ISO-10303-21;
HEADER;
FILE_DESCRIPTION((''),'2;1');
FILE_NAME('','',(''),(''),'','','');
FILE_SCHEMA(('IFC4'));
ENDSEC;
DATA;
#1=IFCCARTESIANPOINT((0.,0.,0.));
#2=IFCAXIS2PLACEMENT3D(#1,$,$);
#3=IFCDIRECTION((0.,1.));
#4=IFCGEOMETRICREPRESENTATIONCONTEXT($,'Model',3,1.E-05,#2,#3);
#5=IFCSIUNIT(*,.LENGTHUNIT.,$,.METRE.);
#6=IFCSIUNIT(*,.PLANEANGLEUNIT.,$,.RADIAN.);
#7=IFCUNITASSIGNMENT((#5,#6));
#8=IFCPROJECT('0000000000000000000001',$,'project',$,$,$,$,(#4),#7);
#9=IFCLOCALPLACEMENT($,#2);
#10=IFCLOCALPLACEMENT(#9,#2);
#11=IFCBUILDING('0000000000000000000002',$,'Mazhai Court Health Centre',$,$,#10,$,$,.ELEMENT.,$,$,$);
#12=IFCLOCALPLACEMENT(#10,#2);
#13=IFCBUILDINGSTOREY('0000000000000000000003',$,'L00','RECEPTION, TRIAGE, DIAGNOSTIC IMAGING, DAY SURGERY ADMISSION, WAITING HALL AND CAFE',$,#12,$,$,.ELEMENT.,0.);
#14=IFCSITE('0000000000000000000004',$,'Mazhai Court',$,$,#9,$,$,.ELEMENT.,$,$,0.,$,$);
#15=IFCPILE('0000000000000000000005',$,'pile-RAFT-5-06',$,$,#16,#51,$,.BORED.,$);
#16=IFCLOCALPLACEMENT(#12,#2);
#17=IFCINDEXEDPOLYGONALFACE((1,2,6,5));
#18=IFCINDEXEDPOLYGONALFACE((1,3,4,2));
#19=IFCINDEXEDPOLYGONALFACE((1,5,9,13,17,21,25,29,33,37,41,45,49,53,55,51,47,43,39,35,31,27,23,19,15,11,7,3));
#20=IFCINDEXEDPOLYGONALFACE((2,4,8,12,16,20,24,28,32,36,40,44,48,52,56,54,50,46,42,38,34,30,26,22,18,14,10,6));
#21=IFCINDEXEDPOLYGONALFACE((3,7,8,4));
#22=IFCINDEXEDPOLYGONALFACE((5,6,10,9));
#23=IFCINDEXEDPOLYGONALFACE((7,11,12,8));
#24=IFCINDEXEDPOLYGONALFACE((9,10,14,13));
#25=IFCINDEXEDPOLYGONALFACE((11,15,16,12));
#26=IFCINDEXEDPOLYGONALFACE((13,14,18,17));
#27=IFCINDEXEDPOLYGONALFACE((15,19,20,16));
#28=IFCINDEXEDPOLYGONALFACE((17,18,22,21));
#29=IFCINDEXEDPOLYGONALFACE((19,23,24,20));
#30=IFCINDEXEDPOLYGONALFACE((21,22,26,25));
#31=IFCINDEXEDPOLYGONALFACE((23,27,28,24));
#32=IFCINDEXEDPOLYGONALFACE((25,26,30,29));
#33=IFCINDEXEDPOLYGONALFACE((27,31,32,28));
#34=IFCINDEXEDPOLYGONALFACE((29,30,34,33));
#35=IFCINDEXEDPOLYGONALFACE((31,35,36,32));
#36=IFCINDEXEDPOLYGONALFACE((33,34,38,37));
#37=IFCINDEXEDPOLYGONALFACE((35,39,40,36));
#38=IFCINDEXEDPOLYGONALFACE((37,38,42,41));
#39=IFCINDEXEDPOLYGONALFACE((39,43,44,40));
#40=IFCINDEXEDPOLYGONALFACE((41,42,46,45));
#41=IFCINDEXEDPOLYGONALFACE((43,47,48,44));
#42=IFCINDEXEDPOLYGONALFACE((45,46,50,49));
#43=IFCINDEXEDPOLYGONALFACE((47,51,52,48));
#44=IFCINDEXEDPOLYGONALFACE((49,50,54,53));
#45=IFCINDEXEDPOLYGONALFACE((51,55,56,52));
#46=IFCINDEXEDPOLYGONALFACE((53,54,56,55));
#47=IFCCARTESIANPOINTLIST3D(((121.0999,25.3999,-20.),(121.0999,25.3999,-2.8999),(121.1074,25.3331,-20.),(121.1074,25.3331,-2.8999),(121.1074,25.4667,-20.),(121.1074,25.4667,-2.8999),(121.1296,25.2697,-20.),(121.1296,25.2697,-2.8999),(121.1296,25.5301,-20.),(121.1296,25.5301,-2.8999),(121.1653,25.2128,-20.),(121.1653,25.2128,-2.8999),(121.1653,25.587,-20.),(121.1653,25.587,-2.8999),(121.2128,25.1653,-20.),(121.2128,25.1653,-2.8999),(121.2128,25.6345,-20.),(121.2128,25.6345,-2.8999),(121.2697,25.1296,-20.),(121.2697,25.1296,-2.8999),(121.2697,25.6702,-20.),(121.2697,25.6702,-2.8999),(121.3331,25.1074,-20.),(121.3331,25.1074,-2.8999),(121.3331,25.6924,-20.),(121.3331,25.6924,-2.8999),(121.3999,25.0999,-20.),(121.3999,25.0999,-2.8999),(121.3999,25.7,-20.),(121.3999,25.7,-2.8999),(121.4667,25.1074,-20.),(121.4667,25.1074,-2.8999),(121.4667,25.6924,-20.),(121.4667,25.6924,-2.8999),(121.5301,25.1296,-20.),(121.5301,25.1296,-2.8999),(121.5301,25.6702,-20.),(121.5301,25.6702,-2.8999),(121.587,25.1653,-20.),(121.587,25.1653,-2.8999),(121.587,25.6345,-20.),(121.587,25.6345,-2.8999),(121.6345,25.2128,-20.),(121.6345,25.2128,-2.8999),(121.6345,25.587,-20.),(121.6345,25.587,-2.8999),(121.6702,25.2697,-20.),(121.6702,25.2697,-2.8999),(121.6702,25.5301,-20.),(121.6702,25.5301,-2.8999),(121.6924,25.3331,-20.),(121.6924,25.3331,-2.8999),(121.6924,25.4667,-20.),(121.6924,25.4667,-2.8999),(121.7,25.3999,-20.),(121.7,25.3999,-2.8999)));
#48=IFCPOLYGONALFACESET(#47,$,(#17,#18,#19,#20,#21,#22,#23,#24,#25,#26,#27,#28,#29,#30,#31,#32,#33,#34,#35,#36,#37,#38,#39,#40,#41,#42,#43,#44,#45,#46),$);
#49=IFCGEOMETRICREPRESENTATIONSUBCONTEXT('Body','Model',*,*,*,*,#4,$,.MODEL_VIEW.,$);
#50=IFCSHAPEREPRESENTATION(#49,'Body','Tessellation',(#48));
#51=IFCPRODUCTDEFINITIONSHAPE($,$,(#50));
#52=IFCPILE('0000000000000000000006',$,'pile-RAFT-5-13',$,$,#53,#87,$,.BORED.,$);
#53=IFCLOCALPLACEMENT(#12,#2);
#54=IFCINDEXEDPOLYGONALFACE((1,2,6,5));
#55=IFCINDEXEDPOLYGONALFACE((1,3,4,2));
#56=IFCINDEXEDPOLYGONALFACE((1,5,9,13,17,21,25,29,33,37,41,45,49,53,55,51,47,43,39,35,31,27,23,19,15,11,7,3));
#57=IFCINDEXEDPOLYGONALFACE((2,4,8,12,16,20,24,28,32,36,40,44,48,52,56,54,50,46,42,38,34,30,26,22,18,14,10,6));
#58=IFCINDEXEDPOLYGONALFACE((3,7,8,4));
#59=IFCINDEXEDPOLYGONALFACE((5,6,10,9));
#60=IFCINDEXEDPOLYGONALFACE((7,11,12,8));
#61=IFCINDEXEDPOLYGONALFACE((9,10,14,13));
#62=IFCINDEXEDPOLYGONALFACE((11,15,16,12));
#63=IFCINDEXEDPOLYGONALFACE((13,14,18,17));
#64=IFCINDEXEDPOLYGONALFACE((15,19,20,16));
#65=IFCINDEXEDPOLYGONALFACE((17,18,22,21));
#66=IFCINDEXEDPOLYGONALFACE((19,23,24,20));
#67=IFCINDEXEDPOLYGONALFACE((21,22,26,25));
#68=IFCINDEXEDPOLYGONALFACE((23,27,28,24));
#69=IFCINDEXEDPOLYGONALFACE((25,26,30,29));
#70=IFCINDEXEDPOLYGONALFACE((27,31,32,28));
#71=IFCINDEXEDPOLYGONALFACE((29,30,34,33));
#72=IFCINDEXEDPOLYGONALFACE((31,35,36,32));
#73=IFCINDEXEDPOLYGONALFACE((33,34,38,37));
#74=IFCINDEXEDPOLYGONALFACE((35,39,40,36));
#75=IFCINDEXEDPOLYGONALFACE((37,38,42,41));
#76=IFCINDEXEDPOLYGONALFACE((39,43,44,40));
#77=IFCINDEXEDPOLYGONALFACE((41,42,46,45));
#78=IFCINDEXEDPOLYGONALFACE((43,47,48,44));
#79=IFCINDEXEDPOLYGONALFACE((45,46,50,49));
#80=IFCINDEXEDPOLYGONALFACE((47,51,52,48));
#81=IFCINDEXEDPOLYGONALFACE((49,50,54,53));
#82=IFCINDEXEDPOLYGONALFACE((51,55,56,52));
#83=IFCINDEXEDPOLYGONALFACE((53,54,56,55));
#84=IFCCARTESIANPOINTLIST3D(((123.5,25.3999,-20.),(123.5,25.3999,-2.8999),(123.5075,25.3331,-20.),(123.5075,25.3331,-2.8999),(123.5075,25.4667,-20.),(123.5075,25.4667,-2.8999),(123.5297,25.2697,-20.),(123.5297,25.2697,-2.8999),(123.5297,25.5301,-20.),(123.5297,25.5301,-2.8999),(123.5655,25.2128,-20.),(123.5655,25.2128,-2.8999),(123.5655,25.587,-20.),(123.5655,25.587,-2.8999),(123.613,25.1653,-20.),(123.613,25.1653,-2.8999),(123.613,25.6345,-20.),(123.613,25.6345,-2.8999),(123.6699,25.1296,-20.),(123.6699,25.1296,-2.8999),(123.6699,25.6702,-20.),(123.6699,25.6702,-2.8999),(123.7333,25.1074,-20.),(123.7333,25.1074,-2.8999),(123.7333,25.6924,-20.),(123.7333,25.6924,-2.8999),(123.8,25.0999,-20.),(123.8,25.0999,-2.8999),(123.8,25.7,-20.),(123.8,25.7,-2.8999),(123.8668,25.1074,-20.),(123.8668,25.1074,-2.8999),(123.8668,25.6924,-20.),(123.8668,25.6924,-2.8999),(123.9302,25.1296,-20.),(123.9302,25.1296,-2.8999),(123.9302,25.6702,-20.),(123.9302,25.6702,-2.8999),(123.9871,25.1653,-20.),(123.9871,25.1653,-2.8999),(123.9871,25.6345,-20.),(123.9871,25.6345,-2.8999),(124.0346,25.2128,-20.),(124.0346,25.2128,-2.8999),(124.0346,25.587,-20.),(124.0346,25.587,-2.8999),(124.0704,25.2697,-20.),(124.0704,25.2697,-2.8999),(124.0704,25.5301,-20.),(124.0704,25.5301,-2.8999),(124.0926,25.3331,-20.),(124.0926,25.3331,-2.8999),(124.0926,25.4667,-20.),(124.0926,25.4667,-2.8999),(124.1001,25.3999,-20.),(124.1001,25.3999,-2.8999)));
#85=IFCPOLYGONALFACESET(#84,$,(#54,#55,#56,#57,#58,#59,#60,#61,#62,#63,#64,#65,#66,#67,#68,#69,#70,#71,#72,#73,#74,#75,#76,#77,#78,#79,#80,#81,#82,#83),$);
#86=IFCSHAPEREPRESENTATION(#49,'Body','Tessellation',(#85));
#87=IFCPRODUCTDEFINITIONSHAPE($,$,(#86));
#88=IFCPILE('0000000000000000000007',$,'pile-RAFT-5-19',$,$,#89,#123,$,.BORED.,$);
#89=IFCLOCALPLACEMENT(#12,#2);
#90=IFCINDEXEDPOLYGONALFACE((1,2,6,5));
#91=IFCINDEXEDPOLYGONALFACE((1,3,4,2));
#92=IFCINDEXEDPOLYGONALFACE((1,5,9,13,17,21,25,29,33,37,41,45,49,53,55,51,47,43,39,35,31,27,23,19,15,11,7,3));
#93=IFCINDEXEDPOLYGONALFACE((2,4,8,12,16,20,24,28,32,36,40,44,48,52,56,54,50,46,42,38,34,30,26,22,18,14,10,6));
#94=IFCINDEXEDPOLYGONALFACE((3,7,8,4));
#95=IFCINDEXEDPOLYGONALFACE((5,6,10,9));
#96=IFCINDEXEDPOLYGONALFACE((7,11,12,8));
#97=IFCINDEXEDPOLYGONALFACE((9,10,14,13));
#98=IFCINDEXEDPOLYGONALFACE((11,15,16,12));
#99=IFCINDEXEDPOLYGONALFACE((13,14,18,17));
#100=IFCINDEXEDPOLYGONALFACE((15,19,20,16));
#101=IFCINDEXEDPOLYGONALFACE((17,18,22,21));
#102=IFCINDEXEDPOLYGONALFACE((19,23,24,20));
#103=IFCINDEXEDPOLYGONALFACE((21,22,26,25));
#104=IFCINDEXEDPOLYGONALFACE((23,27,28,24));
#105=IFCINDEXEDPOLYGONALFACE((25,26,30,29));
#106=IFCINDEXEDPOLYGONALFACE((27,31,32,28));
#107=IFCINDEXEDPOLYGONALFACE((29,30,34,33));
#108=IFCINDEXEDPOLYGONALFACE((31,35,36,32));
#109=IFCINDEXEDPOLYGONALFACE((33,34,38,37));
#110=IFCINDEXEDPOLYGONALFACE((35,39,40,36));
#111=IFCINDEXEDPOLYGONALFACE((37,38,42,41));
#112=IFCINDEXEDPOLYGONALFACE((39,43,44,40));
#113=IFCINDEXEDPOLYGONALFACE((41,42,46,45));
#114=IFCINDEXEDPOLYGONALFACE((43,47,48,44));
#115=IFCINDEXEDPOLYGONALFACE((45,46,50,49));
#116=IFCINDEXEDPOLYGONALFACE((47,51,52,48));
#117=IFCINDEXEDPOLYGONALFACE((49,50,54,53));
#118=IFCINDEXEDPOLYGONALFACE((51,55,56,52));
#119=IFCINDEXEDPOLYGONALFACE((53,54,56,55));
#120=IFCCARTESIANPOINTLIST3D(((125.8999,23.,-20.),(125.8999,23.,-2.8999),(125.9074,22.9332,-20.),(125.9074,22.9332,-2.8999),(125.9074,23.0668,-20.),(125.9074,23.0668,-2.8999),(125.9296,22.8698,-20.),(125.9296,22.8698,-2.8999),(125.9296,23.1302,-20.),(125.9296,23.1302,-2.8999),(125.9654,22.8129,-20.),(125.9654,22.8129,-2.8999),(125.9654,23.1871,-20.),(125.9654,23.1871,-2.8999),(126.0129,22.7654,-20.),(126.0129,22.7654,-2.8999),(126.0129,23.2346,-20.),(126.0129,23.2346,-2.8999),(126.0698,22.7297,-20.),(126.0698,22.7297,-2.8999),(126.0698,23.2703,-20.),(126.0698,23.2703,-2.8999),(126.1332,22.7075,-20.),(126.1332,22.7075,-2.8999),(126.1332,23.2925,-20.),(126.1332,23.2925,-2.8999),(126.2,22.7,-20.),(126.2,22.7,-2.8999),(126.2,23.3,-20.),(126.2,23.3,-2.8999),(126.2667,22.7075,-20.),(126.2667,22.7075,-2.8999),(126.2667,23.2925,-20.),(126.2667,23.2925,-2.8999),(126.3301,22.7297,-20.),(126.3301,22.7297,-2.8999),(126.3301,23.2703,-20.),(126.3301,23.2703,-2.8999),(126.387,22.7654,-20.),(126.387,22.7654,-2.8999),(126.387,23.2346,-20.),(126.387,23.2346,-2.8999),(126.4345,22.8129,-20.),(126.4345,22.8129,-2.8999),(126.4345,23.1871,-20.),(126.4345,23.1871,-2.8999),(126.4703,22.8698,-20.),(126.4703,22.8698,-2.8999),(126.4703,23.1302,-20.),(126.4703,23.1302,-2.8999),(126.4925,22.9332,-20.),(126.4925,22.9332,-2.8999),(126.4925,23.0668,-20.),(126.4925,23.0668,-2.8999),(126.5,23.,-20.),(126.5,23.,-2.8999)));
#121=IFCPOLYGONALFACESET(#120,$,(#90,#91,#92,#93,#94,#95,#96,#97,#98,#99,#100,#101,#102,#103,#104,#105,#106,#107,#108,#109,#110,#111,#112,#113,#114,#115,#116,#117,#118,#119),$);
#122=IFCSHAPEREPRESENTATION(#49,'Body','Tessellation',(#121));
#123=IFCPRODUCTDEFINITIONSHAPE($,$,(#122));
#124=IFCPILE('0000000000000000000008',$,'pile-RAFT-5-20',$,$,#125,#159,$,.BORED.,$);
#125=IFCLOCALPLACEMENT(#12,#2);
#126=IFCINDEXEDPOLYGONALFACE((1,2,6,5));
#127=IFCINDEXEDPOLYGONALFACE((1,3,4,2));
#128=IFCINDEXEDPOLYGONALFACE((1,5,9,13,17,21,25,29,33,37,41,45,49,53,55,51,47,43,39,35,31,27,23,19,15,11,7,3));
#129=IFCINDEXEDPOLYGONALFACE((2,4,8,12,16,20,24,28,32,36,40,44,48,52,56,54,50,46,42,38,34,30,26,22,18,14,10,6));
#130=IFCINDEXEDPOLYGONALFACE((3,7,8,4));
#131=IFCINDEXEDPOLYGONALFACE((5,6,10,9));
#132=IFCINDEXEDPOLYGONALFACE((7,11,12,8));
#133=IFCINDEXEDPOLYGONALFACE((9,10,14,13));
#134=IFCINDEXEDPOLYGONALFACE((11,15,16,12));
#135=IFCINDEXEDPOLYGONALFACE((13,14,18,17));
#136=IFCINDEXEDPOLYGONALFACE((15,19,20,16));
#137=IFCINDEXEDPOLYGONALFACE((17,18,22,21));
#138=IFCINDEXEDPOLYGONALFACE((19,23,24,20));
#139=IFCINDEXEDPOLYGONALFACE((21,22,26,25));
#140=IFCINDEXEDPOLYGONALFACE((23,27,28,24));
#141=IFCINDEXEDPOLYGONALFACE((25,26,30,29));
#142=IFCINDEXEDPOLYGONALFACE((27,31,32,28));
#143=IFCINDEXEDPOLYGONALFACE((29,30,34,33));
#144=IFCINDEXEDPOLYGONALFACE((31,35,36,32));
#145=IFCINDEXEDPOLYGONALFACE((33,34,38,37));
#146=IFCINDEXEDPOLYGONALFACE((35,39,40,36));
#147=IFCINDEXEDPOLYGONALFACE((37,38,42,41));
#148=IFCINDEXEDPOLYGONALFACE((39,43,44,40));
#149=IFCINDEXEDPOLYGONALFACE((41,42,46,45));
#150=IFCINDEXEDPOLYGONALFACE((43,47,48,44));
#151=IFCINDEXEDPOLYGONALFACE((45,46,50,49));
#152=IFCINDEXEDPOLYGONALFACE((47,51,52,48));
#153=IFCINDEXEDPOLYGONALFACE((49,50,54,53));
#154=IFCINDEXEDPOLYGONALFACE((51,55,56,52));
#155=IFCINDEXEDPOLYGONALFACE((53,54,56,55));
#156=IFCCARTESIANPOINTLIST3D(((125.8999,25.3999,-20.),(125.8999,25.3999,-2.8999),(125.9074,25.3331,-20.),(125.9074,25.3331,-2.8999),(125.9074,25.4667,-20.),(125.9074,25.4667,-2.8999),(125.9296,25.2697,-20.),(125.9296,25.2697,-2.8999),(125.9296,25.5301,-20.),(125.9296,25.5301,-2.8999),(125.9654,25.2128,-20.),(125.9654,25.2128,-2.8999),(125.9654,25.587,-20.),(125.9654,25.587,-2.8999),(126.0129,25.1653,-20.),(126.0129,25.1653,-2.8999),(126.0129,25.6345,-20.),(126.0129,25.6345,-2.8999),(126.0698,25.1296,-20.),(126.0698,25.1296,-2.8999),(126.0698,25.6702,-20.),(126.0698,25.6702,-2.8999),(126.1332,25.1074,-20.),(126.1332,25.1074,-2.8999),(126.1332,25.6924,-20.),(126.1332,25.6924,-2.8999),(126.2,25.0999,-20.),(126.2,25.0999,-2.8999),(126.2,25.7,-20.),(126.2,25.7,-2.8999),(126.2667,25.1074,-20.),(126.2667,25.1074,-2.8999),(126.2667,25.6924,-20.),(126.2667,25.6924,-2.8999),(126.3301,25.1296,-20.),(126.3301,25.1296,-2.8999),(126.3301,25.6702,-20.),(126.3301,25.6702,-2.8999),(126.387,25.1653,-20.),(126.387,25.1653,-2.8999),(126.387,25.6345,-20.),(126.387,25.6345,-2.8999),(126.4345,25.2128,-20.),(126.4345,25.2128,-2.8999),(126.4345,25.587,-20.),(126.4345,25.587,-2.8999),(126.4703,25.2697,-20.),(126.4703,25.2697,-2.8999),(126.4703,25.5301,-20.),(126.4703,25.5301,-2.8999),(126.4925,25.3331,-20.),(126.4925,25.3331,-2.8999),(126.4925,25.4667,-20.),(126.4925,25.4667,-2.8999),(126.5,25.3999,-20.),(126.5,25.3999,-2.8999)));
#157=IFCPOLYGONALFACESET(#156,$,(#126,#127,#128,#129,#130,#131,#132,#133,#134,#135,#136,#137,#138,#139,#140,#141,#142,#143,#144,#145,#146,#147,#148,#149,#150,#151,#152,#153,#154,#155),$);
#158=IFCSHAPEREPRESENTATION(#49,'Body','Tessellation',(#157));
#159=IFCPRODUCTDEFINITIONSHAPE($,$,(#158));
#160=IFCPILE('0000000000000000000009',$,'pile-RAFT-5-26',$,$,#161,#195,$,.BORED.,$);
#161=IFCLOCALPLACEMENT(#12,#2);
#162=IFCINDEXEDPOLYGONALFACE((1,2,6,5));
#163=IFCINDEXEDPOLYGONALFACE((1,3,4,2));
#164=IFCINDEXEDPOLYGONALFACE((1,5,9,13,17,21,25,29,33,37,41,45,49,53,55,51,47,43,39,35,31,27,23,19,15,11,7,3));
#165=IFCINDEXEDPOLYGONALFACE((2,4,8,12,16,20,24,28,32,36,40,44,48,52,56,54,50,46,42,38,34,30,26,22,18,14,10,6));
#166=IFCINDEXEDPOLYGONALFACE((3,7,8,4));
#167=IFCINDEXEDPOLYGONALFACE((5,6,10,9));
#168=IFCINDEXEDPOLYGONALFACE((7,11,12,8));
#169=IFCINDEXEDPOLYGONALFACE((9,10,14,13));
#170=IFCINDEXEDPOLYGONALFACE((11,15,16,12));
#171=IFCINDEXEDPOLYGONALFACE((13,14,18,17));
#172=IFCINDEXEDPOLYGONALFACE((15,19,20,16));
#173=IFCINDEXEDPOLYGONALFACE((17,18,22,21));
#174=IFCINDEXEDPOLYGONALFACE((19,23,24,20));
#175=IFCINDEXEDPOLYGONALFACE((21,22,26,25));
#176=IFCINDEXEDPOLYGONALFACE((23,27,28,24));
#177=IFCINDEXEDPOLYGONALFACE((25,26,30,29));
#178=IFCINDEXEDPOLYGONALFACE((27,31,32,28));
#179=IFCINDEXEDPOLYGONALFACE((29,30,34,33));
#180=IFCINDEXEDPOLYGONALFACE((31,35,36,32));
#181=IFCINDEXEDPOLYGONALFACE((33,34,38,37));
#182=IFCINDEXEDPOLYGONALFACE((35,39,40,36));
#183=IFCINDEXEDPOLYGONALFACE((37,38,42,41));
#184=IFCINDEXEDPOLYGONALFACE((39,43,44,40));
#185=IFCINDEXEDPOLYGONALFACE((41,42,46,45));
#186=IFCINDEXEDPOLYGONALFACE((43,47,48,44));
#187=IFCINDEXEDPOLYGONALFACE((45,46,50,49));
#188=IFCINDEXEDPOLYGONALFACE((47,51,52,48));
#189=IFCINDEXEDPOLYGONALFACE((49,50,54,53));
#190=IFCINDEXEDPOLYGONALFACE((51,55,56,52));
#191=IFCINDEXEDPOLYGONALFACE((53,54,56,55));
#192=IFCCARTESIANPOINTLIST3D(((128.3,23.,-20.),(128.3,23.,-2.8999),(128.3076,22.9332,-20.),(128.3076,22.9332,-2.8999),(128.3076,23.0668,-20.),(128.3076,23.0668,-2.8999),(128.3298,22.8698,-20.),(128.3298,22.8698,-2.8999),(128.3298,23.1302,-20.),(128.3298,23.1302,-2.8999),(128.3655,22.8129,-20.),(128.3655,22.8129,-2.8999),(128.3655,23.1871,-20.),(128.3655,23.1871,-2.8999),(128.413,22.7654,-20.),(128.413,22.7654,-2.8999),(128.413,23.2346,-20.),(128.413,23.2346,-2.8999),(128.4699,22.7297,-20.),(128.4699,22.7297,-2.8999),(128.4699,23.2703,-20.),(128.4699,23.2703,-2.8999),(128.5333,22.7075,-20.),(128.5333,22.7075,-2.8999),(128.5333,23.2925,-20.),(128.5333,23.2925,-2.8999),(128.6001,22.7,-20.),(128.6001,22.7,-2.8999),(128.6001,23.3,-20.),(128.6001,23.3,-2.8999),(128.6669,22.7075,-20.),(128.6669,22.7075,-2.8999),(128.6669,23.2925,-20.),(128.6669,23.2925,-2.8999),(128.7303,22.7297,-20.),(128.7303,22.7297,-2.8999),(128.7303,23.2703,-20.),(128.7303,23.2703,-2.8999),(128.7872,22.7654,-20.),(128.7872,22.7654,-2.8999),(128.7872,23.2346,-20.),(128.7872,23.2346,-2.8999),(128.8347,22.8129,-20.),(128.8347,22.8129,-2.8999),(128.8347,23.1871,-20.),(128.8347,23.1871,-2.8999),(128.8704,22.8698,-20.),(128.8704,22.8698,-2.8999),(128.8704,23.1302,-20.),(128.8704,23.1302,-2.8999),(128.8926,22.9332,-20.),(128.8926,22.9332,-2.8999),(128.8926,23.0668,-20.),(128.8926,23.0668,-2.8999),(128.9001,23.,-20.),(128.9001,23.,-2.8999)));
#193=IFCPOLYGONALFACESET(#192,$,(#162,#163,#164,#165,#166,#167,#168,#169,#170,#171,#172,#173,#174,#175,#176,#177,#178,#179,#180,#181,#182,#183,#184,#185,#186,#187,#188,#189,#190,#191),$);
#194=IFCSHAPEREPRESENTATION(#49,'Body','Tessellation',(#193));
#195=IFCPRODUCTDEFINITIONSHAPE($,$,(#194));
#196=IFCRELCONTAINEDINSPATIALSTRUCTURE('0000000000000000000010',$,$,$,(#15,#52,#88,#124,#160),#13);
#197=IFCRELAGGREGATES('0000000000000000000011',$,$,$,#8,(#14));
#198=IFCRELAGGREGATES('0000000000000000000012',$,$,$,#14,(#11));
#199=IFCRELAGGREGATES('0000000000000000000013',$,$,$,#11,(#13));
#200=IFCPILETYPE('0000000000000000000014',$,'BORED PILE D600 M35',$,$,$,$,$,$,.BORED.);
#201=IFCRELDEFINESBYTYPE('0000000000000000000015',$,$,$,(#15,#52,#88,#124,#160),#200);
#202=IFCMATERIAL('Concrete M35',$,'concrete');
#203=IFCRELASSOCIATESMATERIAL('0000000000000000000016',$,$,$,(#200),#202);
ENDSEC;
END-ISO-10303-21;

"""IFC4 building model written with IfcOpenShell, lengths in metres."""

from ifc_helpers import new_model, si_unit, direction, frame, origin, origin_2d, place, context, subcontext, project, spatial, circle, extrude, material, material_profile, profile_set, type_object, element, save


model = new_model("IFC4")

# Units and contexts
model_context = context("Model", 3, precision=1e-05, world=origin(), true_north=direction((0.0, 1.0)))
body_context = subcontext(model_context, "Body", "Model", "MODEL_VIEW")
ifc_project = project(units=[si_unit("LENGTHUNIT", "METRE"), si_unit("PLANEANGLEUNIT", "RADIAN")], contexts=[model_context])

# Site, building, storey
site_placement = place(None, origin())
site = spatial("IfcSite", under=ifc_project, at=site_placement, Name="Mazhai Court", CompositionType="ELEMENT", RefElevation=0.0)
building_placement = place(site_placement, origin())
building = spatial("IfcBuilding", under=site, at=building_placement, Name="Mazhai Court Health Centre", CompositionType="ELEMENT")
storey_placement = place(building_placement, origin())
storey = spatial("IfcBuildingStorey", under=building, at=storey_placement, Name="L00", Description="RECEPTION, TRIAGE, DIAGNOSTIC IMAGING, DAY SURGERY ADMISSION, WAITING HALL AND CAFE", CompositionType="ELEMENT", Elevation=0.0)

# Piles
ifc_material_1 = material(Name="Concrete M35", Category="concrete")
ifc_material_profile_1 = material_profile(ifc_material_1, circle(Radius=0.3, at=origin_2d()), Name="RC PILE D600")
ifc_profile_set_1 = profile_set([ifc_material_profile_1], Name="Concrete M35")
pile_type = type_object("IfcPileType", Name="BORED PILE D600 M35", PredefinedType="BORED", material=ifc_profile_set_1)
for number, where, z_axis, x_axis, name in (
    (1, (121.3999, 25.3999, -2.8999), (0.0, 0.0, -1.0), (1.0, 0.0, 0.0), "pile-RAFT-5-06"),
    (2, (123.8, 25.3999, -2.8999), (0.0, 0.0, -1.0), (1.0, 0.0, 0.0), "pile-RAFT-5-13"),
    (3, (126.2, 23.0, -2.8999), (0.0, 0.0, -1.0), (1.0, 0.0, 0.0), "pile-RAFT-5-19"),
    (4, (126.2, 25.3999, -2.8999), (0.0, 0.0, -1.0), (1.0, 0.0, 0.0), "pile-RAFT-5-20"),
    (5, (128.6001, 23.0, -2.8999), (0.0, 0.0, -1.0), (1.0, 0.0, 0.0), "pile-RAFT-5-26"),
):
    element("IfcPile", number, at=place(storey_placement, frame(where, z_axis=z_axis, x_axis=x_axis)), inside=storey, type_object=pile_type, Name=name, PredefinedType="BORED", context=body_context, shape_type="SweptSolid", body=[
        extrude(circle(Radius=0.3, at=origin_2d()), origin(), (0.0, 0.0, 1.0), 17.1001),
    ])

save(model, "model.ifc")
